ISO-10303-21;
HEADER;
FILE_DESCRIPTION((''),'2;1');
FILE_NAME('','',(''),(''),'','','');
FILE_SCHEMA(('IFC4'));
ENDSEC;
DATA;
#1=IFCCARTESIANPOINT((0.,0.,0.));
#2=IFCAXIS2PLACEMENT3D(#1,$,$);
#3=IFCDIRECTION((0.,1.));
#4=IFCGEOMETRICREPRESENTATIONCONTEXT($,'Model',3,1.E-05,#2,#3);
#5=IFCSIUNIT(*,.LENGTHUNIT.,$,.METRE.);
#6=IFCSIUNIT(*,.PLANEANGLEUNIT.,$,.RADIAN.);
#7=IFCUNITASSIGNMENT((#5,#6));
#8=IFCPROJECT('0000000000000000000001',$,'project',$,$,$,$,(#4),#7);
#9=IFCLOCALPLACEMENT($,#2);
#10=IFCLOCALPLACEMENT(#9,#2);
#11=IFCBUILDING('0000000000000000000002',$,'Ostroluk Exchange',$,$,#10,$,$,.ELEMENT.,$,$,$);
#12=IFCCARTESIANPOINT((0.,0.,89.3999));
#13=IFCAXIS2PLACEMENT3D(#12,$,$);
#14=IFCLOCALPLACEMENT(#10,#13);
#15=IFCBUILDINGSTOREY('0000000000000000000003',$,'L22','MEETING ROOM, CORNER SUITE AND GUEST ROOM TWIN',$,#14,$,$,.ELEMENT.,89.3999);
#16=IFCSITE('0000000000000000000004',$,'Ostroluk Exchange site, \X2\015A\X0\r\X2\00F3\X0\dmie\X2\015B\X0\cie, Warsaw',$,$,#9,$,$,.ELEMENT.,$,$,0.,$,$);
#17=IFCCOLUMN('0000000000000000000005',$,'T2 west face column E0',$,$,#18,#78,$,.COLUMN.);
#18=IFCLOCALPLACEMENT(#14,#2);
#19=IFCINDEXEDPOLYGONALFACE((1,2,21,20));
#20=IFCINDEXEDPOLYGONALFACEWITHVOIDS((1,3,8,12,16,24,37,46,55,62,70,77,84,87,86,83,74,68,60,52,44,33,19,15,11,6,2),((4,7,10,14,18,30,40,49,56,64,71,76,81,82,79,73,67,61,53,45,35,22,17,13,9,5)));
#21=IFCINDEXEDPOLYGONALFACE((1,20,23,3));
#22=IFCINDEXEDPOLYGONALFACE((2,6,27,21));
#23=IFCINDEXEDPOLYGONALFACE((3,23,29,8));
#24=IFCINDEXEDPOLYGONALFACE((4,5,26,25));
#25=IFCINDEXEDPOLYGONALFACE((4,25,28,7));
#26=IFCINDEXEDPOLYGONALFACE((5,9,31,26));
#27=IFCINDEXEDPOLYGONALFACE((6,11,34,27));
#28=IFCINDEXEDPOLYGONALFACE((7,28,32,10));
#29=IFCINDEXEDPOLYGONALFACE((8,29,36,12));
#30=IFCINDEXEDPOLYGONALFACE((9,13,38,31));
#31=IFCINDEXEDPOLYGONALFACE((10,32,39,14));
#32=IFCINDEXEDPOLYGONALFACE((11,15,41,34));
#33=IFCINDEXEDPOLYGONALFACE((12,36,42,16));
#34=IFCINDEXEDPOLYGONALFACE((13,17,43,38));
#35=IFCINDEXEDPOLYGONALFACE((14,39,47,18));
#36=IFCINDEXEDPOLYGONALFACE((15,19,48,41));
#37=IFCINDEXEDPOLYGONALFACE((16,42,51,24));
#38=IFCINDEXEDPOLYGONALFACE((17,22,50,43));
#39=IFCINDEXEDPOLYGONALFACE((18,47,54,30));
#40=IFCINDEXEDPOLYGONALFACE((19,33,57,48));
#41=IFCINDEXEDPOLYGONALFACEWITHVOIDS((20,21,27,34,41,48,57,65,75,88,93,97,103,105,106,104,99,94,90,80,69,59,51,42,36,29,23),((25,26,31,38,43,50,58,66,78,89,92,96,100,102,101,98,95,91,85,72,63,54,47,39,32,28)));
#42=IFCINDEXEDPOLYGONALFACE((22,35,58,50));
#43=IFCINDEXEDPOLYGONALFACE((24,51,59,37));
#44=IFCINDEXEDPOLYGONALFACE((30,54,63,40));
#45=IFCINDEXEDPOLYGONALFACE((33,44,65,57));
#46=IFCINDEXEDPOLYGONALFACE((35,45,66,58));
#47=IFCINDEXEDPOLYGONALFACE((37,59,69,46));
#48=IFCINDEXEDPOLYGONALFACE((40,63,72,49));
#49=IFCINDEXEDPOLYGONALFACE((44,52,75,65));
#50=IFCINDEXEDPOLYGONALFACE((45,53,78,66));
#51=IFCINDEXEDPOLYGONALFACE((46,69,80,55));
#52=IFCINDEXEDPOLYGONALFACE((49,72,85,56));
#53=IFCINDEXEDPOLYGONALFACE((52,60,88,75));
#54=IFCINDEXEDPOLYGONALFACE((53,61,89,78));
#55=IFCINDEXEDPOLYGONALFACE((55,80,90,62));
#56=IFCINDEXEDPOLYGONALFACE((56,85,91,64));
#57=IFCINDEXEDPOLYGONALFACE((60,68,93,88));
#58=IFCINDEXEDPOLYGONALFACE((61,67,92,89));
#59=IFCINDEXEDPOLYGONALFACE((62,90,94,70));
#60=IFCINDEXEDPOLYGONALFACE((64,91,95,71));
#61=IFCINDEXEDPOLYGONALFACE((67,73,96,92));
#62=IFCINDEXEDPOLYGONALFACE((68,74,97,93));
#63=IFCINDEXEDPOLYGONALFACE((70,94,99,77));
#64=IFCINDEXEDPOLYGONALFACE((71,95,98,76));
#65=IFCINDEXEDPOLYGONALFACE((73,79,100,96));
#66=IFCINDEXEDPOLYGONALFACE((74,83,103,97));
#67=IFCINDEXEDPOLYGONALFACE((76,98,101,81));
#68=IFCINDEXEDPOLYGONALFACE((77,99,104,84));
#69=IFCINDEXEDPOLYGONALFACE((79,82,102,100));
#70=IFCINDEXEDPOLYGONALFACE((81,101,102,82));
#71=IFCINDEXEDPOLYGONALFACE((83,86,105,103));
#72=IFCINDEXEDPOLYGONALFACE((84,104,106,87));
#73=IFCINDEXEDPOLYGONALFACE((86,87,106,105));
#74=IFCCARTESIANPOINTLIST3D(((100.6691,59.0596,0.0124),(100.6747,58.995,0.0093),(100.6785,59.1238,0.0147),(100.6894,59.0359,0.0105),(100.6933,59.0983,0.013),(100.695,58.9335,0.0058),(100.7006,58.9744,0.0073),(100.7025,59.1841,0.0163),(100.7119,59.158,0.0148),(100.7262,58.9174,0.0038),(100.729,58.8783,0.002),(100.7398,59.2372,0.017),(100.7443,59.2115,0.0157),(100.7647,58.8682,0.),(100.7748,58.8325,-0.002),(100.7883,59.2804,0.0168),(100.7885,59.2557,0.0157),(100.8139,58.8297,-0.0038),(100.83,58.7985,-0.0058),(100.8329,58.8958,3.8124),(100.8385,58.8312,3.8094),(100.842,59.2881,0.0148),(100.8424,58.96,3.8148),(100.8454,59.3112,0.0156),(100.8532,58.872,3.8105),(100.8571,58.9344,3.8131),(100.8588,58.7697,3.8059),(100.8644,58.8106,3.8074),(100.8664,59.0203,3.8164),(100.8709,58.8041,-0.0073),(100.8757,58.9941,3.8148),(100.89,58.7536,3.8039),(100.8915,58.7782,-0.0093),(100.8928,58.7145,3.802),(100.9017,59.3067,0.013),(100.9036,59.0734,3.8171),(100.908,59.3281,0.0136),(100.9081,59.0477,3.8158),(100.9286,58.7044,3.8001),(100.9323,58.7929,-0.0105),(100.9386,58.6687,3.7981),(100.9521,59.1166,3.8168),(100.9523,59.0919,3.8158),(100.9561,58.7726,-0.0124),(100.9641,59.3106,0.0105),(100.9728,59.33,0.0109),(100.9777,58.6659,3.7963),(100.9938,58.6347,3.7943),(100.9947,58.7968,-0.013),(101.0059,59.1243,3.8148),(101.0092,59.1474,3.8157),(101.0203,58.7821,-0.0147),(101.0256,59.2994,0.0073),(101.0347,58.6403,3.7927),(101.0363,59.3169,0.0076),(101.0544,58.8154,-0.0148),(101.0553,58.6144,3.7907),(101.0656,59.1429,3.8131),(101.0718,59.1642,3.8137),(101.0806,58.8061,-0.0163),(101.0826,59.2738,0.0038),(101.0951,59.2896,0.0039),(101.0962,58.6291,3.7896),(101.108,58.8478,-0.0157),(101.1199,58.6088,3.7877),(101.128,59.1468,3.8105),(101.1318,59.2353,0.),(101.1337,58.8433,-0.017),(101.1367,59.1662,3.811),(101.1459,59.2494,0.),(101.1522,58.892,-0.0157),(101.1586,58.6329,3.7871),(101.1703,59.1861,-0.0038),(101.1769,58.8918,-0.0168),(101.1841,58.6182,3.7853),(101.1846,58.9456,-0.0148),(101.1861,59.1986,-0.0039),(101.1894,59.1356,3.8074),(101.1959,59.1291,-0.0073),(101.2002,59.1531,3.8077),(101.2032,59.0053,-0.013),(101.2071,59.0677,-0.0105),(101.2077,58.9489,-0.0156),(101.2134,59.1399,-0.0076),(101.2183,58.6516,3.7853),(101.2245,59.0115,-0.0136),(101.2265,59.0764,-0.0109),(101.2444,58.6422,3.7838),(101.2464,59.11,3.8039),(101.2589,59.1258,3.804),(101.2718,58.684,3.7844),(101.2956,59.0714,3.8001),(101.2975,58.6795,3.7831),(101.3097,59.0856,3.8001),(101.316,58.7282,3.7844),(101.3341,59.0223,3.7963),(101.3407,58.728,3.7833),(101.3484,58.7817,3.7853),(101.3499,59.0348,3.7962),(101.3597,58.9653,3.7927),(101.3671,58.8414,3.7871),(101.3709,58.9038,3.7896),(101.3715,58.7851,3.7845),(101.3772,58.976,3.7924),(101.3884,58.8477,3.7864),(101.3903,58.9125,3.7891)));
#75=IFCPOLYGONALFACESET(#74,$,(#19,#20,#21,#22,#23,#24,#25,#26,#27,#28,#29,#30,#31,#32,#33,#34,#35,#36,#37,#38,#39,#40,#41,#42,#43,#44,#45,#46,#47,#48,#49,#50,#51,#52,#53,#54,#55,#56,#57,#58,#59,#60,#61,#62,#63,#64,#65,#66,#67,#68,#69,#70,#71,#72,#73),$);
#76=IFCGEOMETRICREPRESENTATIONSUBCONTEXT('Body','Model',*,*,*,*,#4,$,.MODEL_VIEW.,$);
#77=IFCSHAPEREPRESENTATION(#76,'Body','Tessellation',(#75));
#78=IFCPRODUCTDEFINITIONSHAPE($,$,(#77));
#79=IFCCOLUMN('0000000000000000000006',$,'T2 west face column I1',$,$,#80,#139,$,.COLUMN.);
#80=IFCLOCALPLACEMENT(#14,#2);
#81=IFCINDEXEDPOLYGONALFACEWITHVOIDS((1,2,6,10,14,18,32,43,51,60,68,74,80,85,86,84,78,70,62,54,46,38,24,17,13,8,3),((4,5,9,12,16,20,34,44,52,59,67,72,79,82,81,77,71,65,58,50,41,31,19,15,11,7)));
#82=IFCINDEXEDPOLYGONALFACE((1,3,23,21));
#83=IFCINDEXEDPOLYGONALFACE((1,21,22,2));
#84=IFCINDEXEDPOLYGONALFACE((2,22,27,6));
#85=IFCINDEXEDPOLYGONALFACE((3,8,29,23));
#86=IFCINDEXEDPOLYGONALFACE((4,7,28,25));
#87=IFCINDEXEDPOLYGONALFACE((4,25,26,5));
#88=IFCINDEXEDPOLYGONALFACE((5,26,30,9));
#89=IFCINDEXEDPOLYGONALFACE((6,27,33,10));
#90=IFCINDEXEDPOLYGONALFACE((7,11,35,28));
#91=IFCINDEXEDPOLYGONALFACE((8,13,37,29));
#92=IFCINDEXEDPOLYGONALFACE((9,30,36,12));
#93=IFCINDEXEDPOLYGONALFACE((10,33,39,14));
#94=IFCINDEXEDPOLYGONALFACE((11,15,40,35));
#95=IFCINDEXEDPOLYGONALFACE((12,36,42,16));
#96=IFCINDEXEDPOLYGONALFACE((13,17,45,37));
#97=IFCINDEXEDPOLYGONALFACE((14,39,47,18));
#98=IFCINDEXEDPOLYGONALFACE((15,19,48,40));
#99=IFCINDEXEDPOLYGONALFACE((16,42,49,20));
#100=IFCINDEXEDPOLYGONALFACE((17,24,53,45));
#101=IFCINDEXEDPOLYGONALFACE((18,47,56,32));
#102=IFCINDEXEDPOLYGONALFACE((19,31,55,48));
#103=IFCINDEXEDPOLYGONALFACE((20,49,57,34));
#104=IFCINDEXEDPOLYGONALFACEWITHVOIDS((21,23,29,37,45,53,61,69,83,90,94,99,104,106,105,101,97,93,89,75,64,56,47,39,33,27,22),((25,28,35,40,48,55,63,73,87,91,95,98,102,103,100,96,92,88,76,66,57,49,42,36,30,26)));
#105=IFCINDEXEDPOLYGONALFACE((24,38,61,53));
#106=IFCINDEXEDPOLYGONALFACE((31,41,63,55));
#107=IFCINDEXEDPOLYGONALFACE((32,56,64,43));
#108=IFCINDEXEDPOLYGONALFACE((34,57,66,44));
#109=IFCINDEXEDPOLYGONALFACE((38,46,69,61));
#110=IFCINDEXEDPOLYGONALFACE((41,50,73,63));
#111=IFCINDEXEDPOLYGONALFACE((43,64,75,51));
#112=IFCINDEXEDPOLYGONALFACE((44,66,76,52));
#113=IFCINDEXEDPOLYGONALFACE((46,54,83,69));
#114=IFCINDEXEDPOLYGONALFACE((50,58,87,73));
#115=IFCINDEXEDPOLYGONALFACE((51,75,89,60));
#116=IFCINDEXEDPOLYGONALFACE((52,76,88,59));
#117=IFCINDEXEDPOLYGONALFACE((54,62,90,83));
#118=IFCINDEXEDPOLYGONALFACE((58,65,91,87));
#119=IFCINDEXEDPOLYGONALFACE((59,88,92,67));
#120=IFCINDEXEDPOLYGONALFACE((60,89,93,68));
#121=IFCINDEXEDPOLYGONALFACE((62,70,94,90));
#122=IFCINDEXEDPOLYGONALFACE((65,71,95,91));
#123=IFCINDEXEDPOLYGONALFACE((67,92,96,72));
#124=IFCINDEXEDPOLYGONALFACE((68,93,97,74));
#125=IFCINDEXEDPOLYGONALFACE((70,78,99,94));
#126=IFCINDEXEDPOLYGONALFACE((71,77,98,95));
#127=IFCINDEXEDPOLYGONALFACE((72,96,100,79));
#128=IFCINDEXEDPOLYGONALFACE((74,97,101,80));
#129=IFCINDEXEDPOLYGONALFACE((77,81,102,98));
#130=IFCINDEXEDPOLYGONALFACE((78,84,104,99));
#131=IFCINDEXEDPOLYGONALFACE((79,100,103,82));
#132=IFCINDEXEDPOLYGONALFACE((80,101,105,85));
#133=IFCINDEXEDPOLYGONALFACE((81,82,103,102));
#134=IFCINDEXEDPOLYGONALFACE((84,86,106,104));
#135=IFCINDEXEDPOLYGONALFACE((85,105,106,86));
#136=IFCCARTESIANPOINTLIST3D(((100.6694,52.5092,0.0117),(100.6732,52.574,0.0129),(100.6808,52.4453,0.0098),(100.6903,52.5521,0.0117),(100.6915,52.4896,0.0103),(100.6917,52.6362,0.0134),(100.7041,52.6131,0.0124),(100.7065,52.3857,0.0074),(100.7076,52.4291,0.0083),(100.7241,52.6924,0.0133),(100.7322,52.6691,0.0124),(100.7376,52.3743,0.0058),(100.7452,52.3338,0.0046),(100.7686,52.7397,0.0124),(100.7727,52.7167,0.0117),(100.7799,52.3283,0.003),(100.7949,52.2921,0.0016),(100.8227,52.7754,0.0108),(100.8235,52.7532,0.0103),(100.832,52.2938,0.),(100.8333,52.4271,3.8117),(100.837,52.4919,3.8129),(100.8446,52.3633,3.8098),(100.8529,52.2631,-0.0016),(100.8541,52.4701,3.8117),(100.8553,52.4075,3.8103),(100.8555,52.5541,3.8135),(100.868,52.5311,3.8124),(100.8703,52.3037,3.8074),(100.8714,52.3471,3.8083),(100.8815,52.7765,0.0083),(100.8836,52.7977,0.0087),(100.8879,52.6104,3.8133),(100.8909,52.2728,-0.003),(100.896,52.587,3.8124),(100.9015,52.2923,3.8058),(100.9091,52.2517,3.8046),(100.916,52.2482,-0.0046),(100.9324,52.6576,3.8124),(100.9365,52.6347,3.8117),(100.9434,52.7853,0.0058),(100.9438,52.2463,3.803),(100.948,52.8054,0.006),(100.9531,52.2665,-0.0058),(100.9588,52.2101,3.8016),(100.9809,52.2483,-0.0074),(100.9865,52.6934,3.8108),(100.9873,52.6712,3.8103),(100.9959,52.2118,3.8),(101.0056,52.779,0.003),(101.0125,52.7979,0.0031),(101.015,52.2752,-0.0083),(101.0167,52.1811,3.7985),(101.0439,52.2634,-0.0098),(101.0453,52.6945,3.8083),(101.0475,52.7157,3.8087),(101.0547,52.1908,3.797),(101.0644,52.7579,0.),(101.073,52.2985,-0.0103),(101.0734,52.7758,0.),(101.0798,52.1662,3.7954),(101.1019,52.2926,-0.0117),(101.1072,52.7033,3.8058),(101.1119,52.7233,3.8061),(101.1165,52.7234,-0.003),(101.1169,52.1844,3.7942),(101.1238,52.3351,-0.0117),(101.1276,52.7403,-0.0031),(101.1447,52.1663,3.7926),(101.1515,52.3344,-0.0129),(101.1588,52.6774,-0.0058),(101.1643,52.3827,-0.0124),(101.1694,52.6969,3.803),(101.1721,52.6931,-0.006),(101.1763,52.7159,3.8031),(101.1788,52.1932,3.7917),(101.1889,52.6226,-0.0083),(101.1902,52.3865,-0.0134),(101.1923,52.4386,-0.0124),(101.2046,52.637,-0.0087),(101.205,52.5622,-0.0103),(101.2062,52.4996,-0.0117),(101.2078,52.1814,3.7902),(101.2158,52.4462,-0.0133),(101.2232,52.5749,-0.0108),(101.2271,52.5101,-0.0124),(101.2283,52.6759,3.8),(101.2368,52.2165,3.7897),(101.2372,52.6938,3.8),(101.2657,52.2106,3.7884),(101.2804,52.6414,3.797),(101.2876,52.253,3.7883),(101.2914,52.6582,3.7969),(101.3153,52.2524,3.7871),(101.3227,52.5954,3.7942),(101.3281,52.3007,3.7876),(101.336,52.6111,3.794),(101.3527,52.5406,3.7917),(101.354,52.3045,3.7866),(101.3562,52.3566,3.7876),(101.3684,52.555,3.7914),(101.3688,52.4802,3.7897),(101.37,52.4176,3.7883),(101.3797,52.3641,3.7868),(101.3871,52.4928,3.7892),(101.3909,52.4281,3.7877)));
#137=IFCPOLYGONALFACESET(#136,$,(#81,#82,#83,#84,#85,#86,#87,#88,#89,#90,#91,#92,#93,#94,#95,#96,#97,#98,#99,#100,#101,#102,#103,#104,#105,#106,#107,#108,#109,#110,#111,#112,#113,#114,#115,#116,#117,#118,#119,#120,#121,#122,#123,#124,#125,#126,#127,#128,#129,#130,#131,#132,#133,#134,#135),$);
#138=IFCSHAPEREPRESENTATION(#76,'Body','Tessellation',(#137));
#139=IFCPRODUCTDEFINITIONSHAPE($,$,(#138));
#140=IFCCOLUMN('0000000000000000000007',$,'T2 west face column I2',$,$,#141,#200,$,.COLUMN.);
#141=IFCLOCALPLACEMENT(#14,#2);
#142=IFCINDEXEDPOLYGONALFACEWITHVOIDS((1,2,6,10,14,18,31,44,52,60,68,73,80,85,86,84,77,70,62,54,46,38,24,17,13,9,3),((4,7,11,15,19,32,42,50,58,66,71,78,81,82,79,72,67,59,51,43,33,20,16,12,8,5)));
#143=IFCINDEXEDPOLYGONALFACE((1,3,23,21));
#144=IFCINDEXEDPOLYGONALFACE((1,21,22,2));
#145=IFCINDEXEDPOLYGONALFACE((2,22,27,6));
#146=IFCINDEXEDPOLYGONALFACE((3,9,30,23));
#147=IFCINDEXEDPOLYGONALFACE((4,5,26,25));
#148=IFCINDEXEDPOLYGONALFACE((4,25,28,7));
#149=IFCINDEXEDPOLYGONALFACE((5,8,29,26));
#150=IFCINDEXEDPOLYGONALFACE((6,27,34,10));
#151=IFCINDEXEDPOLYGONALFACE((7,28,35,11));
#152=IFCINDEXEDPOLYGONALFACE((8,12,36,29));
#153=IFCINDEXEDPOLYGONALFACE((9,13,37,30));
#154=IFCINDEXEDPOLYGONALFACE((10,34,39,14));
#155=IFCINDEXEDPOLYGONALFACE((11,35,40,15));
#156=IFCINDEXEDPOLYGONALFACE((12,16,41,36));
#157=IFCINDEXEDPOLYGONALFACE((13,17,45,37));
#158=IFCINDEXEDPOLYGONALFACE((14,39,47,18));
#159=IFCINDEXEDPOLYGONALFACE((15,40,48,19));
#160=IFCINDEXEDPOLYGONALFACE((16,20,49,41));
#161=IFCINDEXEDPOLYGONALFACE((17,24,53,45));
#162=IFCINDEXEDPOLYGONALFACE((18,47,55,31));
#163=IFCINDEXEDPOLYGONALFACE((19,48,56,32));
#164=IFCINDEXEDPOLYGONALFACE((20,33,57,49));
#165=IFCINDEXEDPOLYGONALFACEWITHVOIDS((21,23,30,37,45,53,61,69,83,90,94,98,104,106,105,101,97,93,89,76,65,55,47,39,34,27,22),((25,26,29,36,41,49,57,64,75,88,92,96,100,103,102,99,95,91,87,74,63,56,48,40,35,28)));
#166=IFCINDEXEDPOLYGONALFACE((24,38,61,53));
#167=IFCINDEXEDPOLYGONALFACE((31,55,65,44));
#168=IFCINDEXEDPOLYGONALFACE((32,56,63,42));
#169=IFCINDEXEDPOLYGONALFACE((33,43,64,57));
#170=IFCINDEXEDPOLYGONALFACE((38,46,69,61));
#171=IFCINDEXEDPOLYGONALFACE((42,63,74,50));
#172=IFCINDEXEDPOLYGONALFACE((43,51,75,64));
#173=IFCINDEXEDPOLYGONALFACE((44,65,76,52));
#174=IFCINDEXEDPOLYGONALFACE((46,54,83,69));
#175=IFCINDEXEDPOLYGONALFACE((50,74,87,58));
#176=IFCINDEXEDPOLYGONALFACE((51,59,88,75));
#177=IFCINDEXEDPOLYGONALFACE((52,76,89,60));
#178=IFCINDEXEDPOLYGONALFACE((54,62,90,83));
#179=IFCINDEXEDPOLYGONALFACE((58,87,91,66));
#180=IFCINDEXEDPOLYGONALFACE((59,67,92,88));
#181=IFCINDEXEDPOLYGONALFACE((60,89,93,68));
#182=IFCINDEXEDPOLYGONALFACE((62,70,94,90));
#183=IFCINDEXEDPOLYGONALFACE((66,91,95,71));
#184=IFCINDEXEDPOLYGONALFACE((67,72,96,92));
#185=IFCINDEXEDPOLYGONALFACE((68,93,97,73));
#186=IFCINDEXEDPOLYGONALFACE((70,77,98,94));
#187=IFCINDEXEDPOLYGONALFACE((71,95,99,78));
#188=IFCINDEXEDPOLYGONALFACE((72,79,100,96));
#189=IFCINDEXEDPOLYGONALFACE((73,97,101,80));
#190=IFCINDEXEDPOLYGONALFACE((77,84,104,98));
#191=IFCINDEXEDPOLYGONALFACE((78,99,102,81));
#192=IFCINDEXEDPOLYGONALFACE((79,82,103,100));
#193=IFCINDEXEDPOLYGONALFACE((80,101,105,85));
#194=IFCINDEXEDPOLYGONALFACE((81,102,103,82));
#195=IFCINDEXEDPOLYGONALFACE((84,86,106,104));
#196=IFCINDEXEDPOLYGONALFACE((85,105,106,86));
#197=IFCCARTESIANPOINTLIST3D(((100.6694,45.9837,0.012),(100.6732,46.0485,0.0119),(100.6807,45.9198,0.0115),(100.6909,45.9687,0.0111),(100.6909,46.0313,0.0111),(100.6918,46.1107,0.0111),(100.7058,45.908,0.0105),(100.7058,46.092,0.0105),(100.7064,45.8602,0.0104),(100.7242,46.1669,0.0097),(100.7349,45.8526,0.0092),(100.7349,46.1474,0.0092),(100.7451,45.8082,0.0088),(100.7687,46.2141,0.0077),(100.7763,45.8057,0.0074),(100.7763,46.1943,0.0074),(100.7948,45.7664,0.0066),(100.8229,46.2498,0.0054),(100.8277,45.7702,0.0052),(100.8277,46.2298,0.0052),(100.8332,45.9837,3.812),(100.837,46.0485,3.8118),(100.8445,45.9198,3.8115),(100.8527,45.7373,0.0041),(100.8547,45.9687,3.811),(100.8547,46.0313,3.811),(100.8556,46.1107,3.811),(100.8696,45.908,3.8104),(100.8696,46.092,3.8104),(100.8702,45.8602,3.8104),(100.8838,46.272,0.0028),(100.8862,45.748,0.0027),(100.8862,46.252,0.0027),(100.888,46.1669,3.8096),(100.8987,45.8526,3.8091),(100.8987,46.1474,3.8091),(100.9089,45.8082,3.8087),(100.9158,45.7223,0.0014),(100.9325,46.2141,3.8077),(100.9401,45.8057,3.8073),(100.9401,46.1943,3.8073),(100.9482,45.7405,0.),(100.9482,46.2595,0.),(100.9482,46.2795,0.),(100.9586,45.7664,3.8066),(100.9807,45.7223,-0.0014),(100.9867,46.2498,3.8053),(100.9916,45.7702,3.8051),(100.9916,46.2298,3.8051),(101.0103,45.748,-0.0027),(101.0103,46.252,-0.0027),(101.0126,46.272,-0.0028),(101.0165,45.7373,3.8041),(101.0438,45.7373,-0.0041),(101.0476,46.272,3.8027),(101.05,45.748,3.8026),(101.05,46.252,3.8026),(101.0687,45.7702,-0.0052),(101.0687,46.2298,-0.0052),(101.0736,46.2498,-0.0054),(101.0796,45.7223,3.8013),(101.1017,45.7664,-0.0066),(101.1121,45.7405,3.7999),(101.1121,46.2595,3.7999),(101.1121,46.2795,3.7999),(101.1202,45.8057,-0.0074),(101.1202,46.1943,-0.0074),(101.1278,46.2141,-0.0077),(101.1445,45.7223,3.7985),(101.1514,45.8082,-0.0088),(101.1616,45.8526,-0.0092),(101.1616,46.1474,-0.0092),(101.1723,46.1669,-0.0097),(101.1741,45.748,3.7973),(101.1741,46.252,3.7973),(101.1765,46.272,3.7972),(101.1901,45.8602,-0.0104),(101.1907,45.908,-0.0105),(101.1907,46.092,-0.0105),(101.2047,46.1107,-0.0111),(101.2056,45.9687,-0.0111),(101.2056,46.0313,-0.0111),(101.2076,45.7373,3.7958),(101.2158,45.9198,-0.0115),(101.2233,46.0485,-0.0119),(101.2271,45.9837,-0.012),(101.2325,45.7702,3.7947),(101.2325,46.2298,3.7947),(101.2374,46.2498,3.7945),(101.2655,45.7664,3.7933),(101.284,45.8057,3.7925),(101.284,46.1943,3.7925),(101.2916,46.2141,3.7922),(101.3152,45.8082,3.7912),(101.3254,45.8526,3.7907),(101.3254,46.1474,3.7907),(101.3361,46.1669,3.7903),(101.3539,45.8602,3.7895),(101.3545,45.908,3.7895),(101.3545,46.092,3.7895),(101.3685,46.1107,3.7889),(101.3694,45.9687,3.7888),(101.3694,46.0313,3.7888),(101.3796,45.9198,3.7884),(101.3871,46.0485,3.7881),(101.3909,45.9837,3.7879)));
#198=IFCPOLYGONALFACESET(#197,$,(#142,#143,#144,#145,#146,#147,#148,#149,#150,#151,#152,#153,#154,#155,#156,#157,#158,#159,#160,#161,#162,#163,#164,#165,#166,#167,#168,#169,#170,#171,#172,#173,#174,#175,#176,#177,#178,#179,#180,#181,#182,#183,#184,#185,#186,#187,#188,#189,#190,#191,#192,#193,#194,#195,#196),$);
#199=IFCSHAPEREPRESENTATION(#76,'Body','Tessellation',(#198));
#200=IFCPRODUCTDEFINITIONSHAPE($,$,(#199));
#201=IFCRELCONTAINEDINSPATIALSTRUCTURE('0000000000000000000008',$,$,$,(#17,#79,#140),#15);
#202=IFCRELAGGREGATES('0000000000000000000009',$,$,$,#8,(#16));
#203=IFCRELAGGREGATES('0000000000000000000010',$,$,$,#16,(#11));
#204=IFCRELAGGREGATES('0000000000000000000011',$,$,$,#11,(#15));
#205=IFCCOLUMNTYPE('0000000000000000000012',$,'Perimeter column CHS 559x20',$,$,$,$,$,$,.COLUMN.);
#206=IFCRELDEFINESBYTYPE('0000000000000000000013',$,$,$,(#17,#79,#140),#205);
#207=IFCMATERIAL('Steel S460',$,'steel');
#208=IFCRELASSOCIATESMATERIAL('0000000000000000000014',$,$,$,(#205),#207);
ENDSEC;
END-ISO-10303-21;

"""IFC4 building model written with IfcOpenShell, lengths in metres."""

from ifc_helpers import new_model, si_unit, direction, frame, origin, origin_2d, place, context, subcontext, project, spatial, hollow_circle, extrude, material, material_profile, profile_set, type_object, element, save


model = new_model("IFC4")

# Units and contexts
model_context = context("Model", 3, precision=1e-05, world=origin(), true_north=direction((0.0, 1.0)))
body_context = subcontext(model_context, "Body", "Model", "MODEL_VIEW")
ifc_project = project(units=[si_unit("LENGTHUNIT", "METRE"), si_unit("PLANEANGLEUNIT", "RADIAN")], contexts=[model_context])

# Site, building, storey
site_placement = place(None, origin())
site = spatial("IfcSite", under=ifc_project, at=site_placement, Name="Ostroluk Exchange site, Śródmieście, Warsaw", CompositionType="ELEMENT", RefElevation=0.0)
building_placement = place(site_placement, origin())
building = spatial("IfcBuilding", under=site, at=building_placement, Name="Ostroluk Exchange", CompositionType="ELEMENT")
storey_placement = place(building_placement, frame((0.0, 0.0, 89.3999)))
storey = spatial("IfcBuildingStorey", under=building, at=storey_placement, Name="L22", Description="MEETING ROOM, CORNER SUITE AND GUEST ROOM TWIN", CompositionType="ELEMENT", Elevation=89.3999)

# Columns
ifc_material_1 = material(Name="Steel S460", Category="steel")
ifc_material_profile_1 = material_profile(ifc_material_1, hollow_circle(Radius=0.2795, WallThickness=0.02, at=origin_2d()), Name="CHS 559x20")
ifc_profile_set_1 = profile_set([ifc_material_profile_1], Name="Steel S460")
column_type = type_object("IfcColumnType", Name="Perimeter column CHS 559x20", PredefinedType="COLUMN", material=ifc_profile_set_1)
column_1_placement = place(storey_placement, frame((100.9482, 59.0518, 0.0), z_axis=(0.04303, -0.04303, 0.998147), x_axis=(0.707107, 0.707107, 0.0)))
element("IfcColumn", 1, at=column_1_placement, inside=storey, type_object=column_type, Name="T2 west face column E0", PredefinedType="COLUMN", context=body_context, shape_type="SweptSolid", body=[
    extrude(hollow_circle(Radius=0.2795, WallThickness=0.02, at=origin_2d()), origin(), (0.0, 0.0, 1.0), 3.8071),
])
column_2_placement = place(storey_placement, frame((100.9482, 52.5259, 0.0), z_axis=(0.04306, -0.021562, 0.99884), x_axis=(0.447747, 0.894161, 0.0)))
element("IfcColumn", 2, at=column_2_placement, inside=storey, type_object=column_type, Name="T2 west face column I1", PredefinedType="COLUMN", context=body_context, shape_type="SweptSolid", body=[
    extrude(hollow_circle(Radius=0.2795, WallThickness=0.02, at=origin_2d()), origin(), (0.0, 0.0, 1.0), 3.8044),
])
column_3_placement = place(storey_placement, frame((100.9482, 46.0, 0.0), z_axis=(0.04307, 0.0, 0.999072), x_axis=(0.0, 1.0, 0.0)))
element("IfcColumn", 3, at=column_3_placement, inside=storey, type_object=column_type, Name="T2 west face column I2", PredefinedType="COLUMN", context=body_context, shape_type="SweptSolid", body=[
    extrude(hollow_circle(Radius=0.2795, WallThickness=0.02, at=origin_2d()), origin(), (0.0, 0.0, 1.0), 3.8035),
])

save(model, "model.ifc")
